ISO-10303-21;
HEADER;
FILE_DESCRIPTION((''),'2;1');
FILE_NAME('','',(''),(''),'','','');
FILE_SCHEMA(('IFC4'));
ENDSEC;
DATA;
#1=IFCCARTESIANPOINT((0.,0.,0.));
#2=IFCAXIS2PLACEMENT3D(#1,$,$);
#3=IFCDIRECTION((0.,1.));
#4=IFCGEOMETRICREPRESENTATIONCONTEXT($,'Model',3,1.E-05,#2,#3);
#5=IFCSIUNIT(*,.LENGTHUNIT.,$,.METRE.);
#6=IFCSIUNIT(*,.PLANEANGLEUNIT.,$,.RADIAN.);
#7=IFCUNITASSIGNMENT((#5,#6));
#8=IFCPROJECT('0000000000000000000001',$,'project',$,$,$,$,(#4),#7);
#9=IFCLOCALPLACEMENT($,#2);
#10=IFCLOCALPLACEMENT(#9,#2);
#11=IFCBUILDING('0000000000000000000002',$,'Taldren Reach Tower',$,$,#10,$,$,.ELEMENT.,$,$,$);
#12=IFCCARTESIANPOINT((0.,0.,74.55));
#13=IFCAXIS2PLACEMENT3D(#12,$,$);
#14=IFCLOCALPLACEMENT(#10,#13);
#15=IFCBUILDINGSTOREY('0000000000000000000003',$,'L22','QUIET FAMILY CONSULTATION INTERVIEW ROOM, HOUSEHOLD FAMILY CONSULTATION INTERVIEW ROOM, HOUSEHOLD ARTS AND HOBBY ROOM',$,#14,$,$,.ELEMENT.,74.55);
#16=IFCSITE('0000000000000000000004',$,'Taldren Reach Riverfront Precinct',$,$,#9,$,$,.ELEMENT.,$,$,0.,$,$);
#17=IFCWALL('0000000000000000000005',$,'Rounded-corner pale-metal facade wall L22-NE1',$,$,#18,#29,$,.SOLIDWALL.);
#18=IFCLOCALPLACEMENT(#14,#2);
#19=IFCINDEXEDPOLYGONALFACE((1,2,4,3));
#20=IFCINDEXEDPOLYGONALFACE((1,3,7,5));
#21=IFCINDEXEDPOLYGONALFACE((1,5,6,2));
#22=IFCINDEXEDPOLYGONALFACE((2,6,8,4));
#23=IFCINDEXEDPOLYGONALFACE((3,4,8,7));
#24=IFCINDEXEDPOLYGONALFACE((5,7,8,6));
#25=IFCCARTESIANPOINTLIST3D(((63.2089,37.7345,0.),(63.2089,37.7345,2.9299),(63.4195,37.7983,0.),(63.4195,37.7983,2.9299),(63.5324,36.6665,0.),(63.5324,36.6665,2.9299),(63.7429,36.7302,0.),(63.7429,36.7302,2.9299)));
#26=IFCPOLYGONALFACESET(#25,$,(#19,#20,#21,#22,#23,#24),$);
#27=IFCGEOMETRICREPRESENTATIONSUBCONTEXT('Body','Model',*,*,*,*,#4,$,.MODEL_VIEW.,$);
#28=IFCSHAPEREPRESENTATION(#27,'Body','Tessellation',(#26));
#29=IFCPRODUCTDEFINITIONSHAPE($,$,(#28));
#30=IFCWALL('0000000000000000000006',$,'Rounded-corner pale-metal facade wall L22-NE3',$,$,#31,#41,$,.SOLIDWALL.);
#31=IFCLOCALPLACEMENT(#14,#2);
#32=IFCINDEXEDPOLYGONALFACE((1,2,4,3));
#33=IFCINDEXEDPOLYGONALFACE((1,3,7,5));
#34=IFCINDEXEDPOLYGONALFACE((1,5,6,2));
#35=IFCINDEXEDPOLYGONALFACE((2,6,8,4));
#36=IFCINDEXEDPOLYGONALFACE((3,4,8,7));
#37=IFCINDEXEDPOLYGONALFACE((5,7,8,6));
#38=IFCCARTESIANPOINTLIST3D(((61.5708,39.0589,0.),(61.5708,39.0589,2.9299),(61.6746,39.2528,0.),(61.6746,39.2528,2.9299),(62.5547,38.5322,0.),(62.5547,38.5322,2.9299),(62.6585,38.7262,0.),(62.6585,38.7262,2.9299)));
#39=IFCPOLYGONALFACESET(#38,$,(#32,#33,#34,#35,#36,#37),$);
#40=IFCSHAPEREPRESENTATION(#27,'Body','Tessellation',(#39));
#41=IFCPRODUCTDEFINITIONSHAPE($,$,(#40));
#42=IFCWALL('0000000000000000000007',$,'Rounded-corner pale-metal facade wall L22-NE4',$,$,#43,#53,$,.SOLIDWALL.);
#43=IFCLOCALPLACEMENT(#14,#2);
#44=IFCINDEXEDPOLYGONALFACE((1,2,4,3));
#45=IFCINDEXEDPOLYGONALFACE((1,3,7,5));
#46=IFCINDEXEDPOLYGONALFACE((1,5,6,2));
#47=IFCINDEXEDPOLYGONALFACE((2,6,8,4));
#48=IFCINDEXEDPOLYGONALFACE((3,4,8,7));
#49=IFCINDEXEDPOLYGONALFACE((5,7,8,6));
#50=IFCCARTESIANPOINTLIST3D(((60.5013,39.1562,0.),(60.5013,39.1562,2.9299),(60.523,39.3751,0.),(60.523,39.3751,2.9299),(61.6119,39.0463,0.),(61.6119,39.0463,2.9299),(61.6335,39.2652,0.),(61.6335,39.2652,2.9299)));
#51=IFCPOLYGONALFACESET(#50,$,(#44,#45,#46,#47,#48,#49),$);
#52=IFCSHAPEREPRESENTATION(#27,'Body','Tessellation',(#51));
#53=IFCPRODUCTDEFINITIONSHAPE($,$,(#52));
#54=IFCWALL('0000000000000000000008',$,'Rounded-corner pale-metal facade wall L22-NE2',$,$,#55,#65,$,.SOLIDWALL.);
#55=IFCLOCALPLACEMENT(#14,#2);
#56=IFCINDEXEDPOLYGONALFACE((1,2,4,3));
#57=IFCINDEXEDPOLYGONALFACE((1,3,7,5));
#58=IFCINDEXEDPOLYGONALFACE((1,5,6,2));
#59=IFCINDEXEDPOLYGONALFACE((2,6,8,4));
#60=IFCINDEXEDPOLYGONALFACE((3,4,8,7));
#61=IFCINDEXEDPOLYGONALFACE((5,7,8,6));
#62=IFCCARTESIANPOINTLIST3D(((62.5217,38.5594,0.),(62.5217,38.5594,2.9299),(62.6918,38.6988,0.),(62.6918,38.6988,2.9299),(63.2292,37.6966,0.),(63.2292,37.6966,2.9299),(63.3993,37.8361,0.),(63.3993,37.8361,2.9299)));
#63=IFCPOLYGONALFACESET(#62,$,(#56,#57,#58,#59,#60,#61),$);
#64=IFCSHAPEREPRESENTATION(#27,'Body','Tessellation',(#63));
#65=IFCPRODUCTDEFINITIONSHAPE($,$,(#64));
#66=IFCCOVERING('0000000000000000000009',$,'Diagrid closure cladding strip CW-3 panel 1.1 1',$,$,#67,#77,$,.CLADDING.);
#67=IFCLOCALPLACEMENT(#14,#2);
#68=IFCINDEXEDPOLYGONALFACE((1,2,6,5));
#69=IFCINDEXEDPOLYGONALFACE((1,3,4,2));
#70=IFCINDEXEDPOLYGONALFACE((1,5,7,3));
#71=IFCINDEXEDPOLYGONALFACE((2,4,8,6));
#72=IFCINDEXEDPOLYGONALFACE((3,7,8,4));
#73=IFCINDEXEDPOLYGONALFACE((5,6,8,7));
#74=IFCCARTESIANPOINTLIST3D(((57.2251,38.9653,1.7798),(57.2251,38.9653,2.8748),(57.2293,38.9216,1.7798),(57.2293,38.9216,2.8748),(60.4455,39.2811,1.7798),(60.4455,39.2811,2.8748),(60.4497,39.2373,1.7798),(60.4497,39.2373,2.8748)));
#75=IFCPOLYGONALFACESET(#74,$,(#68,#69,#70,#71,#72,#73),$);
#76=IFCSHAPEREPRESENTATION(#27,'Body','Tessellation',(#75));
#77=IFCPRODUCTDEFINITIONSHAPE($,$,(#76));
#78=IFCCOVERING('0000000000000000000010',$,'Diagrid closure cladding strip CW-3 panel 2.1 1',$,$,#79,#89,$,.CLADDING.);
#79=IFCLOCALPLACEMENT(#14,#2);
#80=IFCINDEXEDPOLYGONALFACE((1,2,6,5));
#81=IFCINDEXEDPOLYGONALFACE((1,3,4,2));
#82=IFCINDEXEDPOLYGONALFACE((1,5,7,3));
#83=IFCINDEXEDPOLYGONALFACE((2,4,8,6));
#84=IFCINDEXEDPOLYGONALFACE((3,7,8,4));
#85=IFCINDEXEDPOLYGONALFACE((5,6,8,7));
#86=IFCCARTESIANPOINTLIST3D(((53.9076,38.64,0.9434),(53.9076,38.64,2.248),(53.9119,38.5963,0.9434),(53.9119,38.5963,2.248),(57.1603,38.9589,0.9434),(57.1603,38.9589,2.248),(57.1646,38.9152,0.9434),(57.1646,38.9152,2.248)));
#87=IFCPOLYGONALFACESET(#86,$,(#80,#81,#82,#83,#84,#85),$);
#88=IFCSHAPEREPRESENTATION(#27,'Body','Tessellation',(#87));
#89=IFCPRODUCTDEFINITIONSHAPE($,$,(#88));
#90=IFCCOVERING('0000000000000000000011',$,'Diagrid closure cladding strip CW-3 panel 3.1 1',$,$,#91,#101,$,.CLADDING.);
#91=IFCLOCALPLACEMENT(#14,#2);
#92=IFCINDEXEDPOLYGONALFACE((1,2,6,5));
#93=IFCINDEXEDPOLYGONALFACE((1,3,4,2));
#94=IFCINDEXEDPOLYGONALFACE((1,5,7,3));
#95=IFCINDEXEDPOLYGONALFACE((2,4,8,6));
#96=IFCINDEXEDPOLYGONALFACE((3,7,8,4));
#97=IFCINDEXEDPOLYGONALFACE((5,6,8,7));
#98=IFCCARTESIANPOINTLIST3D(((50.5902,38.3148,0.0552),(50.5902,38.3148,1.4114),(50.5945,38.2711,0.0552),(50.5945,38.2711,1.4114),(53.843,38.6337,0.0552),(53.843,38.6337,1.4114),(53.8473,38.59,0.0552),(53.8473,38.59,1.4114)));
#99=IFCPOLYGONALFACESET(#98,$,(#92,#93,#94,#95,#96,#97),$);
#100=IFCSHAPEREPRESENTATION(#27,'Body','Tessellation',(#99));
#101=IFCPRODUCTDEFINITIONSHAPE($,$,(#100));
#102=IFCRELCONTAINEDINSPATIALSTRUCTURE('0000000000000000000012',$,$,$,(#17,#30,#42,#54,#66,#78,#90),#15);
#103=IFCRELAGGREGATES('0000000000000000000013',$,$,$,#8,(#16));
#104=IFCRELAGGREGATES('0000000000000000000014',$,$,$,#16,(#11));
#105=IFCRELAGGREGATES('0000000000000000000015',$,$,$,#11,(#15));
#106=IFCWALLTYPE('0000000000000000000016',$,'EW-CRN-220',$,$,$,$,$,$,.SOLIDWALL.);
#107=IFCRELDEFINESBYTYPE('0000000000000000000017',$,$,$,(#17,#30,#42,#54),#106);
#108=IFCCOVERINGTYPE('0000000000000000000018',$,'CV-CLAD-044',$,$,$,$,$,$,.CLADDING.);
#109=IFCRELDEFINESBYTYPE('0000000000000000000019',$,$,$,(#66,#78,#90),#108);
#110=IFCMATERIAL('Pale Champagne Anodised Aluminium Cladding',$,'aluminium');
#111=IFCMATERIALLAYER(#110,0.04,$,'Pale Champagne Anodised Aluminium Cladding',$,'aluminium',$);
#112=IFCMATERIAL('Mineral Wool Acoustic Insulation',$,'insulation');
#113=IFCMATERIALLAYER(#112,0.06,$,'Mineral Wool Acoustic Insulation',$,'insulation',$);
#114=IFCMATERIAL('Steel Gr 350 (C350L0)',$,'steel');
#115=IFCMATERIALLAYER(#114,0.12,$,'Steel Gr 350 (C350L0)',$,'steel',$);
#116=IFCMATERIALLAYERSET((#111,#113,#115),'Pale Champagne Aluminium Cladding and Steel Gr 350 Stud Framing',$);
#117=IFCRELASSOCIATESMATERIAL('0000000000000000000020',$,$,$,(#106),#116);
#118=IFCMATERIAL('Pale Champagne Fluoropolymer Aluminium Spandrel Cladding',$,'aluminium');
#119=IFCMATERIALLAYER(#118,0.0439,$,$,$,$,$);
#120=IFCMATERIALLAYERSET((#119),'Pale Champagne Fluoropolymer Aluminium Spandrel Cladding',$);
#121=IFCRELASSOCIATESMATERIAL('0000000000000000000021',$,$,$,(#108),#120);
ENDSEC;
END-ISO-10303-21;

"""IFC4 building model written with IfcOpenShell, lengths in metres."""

from ifc_helpers import new_model, si_unit, direction, frame, frame_2d, origin, origin_2d, place, context, subcontext, project, spatial, rectangle, extrude, source, transform, mapped, material, layer, layer_set, type_object, element, save


model = new_model("IFC4")

# Units and contexts
model_context = context("Model", 3, precision=1e-05, world=origin(), true_north=direction((0.0, 1.0)))
body_context = subcontext(model_context, "Body", "Model", "MODEL_VIEW")
ifc_project = project(units=[si_unit("LENGTHUNIT", "METRE"), si_unit("PLANEANGLEUNIT", "RADIAN")], contexts=[model_context])

# Site, building, storey
site_placement = place(None, origin())
site = spatial("IfcSite", under=ifc_project, at=site_placement, Name="Taldren Reach Riverfront Precinct", CompositionType="ELEMENT", RefElevation=0.0)
building_placement = place(site_placement, origin())
building = spatial("IfcBuilding", under=site, at=building_placement, Name="Taldren Reach Tower", CompositionType="ELEMENT")
storey_placement = place(building_placement, frame((0.0, 0.0, 74.55)))
storey = spatial("IfcBuildingStorey", under=building, at=storey_placement, Name="L22", Description="QUIET FAMILY CONSULTATION INTERVIEW ROOM, HOUSEHOLD FAMILY CONSULTATION INTERVIEW ROOM, HOUSEHOLD ARTS AND HOBBY ROOM", CompositionType="ELEMENT", Elevation=74.55)

# Shared definitions
ifc_material_1 = material(Name="Steel Gr 350 (C350L0)", Category="steel")

# Walls
ifc_material_2 = material(Name="Pale Champagne Anodised Aluminium Cladding", Category="aluminium")
ifc_layer_1 = layer(ifc_material_2, 0.04, Name="Pale Champagne Anodised Aluminium Cladding", Category="aluminium")
ifc_material_3 = material(Name="Mineral Wool Acoustic Insulation", Category="insulation")
ifc_layer_2 = layer(ifc_material_3, 0.06, Name="Mineral Wool Acoustic Insulation", Category="insulation")
ifc_layer_3 = layer(ifc_material_1, 0.12, Name="Steel Gr 350 (C350L0)", Category="steel")
ifc_layer_set_1 = layer_set([ifc_layer_1, ifc_layer_2, ifc_layer_3], Name="Pale Champagne Aluminium Cladding and Steel Gr 350 Stud Framing")
wall_type = type_object("IfcWallType", Name="EW-CRN-220", PredefinedType="SOLIDWALL", material=ifc_layer_set_1)
shared_shape_1 = source(origin(), body_context, "Body", "SweptSolid", [
    extrude(rectangle(XDim=1.116, YDim=0.22, at=frame_2d((0.5581, 0.0))), origin(), (0.0, 0.0, 1.0), 2.9299),
])
for number, where, z_axis, x_axis, name in (
    (1, (63.6377, 36.6982, 0.0), (0.0, 0.0, 1.0), (-0.289856, 0.95707, 0.0), "Rounded-corner pale-metal facade wall L22-NE1"),
    (2, (62.6067, 38.6292, 0.0), (0.0, 0.0, 1.0), (-0.881656, 0.471894, 0.0), "Rounded-corner pale-metal facade wall L22-NE3"),
    (3, (61.6228, 39.1558, 0.0), (0.0, 0.0, 1.0), (-0.995143, 0.098442, 0.0), "Rounded-corner pale-metal facade wall L22-NE4"),
):
    element("IfcWall", number, at=place(storey_placement, frame(where, z_axis=z_axis, x_axis=x_axis)), inside=storey, type_object=wall_type, Name=name, PredefinedType="SOLIDWALL", context=body_context, shape_type="MappedRepresentation", body=[
        mapped(shared_shape_1, transform((0.0, 0.0, 0.0), scale=1.0)),
    ])
shared_shape_2 = source(origin(), body_context, "Body", "SweptSolid", [
    extrude(rectangle(XDim=1.1157, YDim=0.22, at=frame_2d((0.5579, 0.0))), origin(), (0.0, 0.0, 1.0), 2.9299),
])
wall_placement = place(storey_placement, frame((63.3142, 37.7664, 0.0), z_axis=(0.0, 0.0, 1.0), x_axis=(-0.634095, 0.773255, 0.0)))
element("IfcWall", 4, at=wall_placement, inside=storey, type_object=wall_type, Name="Rounded-corner pale-metal facade wall L22-NE2", PredefinedType="SOLIDWALL", context=body_context, shape_type="MappedRepresentation", body=[
    mapped(shared_shape_2, transform((0.0, 0.0, 0.0), scale=1.0)),
])

# Coverings
ifc_material_4 = material(Name="Pale Champagne Fluoropolymer Aluminium Spandrel Cladding", Category="aluminium")
ifc_layer_4 = layer(ifc_material_4, 0.0439)
ifc_layer_set_2 = layer_set([ifc_layer_4], Name="Pale Champagne Fluoropolymer Aluminium Spandrel Cladding")
covering_type = type_object("IfcCoveringType", Name="CV-CLAD-044", PredefinedType="CLADDING", material=ifc_layer_set_2)
shared_shape_3 = source(origin(), body_context, "Body", "SweptSolid", [
    extrude(rectangle(XDim=3.2358, YDim=0.0439, at=origin_2d()), origin(), (0.0, 0.0, 1.0), 1.095),
])
covering_1_placement = place(storey_placement, frame((58.8374, 39.1013, 1.7798), z_axis=(0.0, 0.0, 1.0), x_axis=(-0.995227, -0.097583, 0.0)))
element("IfcCovering", 5, at=covering_1_placement, inside=storey, type_object=covering_type, Name="Diagrid closure cladding strip CW-3 panel 1.1 1", PredefinedType="CLADDING", context=body_context, shape_type="MappedRepresentation", body=[
    mapped(shared_shape_3, transform((0.0, 0.0, 0.0), scale=1.0)),
])
shared_shape_4 = source(origin(), body_context, "Body", "SweptSolid", [
    extrude(rectangle(XDim=3.2683, YDim=0.0439, at=origin_2d()), origin(), (0.0, 0.0, 1.0), 1.3047),
])
covering_2_placement = place(storey_placement, frame((55.5361, 38.7776, 0.9434), z_axis=(0.0, 0.0, 1.0), x_axis=(-0.995227, -0.097583, 0.0)))
element("IfcCovering", 6, at=covering_2_placement, inside=storey, type_object=covering_type, Name="Diagrid closure cladding strip CW-3 panel 2.1 1", PredefinedType="CLADDING", context=body_context, shape_type="MappedRepresentation", body=[
    mapped(shared_shape_4, transform((0.0, 0.0, 0.0), scale=1.0)),
])
shared_shape_5 = source(origin(), body_context, "Body", "SweptSolid", [
    extrude(rectangle(XDim=3.2683, YDim=0.0439, at=origin_2d()), origin(), (0.0, 0.0, 1.0), 1.3562),
])
covering_3_placement = place(storey_placement, frame((52.2188, 38.4524, 0.0552), z_axis=(0.0, 0.0, 1.0), x_axis=(-0.995227, -0.097583, 0.0)))
element("IfcCovering", 7, at=covering_3_placement, inside=storey, type_object=covering_type, Name="Diagrid closure cladding strip CW-3 panel 3.1 1", PredefinedType="CLADDING", context=body_context, shape_type="MappedRepresentation", body=[
    mapped(shared_shape_5, transform((0.0, 0.0, 0.0), scale=1.0)),
])

save(model, "model.ifc")
